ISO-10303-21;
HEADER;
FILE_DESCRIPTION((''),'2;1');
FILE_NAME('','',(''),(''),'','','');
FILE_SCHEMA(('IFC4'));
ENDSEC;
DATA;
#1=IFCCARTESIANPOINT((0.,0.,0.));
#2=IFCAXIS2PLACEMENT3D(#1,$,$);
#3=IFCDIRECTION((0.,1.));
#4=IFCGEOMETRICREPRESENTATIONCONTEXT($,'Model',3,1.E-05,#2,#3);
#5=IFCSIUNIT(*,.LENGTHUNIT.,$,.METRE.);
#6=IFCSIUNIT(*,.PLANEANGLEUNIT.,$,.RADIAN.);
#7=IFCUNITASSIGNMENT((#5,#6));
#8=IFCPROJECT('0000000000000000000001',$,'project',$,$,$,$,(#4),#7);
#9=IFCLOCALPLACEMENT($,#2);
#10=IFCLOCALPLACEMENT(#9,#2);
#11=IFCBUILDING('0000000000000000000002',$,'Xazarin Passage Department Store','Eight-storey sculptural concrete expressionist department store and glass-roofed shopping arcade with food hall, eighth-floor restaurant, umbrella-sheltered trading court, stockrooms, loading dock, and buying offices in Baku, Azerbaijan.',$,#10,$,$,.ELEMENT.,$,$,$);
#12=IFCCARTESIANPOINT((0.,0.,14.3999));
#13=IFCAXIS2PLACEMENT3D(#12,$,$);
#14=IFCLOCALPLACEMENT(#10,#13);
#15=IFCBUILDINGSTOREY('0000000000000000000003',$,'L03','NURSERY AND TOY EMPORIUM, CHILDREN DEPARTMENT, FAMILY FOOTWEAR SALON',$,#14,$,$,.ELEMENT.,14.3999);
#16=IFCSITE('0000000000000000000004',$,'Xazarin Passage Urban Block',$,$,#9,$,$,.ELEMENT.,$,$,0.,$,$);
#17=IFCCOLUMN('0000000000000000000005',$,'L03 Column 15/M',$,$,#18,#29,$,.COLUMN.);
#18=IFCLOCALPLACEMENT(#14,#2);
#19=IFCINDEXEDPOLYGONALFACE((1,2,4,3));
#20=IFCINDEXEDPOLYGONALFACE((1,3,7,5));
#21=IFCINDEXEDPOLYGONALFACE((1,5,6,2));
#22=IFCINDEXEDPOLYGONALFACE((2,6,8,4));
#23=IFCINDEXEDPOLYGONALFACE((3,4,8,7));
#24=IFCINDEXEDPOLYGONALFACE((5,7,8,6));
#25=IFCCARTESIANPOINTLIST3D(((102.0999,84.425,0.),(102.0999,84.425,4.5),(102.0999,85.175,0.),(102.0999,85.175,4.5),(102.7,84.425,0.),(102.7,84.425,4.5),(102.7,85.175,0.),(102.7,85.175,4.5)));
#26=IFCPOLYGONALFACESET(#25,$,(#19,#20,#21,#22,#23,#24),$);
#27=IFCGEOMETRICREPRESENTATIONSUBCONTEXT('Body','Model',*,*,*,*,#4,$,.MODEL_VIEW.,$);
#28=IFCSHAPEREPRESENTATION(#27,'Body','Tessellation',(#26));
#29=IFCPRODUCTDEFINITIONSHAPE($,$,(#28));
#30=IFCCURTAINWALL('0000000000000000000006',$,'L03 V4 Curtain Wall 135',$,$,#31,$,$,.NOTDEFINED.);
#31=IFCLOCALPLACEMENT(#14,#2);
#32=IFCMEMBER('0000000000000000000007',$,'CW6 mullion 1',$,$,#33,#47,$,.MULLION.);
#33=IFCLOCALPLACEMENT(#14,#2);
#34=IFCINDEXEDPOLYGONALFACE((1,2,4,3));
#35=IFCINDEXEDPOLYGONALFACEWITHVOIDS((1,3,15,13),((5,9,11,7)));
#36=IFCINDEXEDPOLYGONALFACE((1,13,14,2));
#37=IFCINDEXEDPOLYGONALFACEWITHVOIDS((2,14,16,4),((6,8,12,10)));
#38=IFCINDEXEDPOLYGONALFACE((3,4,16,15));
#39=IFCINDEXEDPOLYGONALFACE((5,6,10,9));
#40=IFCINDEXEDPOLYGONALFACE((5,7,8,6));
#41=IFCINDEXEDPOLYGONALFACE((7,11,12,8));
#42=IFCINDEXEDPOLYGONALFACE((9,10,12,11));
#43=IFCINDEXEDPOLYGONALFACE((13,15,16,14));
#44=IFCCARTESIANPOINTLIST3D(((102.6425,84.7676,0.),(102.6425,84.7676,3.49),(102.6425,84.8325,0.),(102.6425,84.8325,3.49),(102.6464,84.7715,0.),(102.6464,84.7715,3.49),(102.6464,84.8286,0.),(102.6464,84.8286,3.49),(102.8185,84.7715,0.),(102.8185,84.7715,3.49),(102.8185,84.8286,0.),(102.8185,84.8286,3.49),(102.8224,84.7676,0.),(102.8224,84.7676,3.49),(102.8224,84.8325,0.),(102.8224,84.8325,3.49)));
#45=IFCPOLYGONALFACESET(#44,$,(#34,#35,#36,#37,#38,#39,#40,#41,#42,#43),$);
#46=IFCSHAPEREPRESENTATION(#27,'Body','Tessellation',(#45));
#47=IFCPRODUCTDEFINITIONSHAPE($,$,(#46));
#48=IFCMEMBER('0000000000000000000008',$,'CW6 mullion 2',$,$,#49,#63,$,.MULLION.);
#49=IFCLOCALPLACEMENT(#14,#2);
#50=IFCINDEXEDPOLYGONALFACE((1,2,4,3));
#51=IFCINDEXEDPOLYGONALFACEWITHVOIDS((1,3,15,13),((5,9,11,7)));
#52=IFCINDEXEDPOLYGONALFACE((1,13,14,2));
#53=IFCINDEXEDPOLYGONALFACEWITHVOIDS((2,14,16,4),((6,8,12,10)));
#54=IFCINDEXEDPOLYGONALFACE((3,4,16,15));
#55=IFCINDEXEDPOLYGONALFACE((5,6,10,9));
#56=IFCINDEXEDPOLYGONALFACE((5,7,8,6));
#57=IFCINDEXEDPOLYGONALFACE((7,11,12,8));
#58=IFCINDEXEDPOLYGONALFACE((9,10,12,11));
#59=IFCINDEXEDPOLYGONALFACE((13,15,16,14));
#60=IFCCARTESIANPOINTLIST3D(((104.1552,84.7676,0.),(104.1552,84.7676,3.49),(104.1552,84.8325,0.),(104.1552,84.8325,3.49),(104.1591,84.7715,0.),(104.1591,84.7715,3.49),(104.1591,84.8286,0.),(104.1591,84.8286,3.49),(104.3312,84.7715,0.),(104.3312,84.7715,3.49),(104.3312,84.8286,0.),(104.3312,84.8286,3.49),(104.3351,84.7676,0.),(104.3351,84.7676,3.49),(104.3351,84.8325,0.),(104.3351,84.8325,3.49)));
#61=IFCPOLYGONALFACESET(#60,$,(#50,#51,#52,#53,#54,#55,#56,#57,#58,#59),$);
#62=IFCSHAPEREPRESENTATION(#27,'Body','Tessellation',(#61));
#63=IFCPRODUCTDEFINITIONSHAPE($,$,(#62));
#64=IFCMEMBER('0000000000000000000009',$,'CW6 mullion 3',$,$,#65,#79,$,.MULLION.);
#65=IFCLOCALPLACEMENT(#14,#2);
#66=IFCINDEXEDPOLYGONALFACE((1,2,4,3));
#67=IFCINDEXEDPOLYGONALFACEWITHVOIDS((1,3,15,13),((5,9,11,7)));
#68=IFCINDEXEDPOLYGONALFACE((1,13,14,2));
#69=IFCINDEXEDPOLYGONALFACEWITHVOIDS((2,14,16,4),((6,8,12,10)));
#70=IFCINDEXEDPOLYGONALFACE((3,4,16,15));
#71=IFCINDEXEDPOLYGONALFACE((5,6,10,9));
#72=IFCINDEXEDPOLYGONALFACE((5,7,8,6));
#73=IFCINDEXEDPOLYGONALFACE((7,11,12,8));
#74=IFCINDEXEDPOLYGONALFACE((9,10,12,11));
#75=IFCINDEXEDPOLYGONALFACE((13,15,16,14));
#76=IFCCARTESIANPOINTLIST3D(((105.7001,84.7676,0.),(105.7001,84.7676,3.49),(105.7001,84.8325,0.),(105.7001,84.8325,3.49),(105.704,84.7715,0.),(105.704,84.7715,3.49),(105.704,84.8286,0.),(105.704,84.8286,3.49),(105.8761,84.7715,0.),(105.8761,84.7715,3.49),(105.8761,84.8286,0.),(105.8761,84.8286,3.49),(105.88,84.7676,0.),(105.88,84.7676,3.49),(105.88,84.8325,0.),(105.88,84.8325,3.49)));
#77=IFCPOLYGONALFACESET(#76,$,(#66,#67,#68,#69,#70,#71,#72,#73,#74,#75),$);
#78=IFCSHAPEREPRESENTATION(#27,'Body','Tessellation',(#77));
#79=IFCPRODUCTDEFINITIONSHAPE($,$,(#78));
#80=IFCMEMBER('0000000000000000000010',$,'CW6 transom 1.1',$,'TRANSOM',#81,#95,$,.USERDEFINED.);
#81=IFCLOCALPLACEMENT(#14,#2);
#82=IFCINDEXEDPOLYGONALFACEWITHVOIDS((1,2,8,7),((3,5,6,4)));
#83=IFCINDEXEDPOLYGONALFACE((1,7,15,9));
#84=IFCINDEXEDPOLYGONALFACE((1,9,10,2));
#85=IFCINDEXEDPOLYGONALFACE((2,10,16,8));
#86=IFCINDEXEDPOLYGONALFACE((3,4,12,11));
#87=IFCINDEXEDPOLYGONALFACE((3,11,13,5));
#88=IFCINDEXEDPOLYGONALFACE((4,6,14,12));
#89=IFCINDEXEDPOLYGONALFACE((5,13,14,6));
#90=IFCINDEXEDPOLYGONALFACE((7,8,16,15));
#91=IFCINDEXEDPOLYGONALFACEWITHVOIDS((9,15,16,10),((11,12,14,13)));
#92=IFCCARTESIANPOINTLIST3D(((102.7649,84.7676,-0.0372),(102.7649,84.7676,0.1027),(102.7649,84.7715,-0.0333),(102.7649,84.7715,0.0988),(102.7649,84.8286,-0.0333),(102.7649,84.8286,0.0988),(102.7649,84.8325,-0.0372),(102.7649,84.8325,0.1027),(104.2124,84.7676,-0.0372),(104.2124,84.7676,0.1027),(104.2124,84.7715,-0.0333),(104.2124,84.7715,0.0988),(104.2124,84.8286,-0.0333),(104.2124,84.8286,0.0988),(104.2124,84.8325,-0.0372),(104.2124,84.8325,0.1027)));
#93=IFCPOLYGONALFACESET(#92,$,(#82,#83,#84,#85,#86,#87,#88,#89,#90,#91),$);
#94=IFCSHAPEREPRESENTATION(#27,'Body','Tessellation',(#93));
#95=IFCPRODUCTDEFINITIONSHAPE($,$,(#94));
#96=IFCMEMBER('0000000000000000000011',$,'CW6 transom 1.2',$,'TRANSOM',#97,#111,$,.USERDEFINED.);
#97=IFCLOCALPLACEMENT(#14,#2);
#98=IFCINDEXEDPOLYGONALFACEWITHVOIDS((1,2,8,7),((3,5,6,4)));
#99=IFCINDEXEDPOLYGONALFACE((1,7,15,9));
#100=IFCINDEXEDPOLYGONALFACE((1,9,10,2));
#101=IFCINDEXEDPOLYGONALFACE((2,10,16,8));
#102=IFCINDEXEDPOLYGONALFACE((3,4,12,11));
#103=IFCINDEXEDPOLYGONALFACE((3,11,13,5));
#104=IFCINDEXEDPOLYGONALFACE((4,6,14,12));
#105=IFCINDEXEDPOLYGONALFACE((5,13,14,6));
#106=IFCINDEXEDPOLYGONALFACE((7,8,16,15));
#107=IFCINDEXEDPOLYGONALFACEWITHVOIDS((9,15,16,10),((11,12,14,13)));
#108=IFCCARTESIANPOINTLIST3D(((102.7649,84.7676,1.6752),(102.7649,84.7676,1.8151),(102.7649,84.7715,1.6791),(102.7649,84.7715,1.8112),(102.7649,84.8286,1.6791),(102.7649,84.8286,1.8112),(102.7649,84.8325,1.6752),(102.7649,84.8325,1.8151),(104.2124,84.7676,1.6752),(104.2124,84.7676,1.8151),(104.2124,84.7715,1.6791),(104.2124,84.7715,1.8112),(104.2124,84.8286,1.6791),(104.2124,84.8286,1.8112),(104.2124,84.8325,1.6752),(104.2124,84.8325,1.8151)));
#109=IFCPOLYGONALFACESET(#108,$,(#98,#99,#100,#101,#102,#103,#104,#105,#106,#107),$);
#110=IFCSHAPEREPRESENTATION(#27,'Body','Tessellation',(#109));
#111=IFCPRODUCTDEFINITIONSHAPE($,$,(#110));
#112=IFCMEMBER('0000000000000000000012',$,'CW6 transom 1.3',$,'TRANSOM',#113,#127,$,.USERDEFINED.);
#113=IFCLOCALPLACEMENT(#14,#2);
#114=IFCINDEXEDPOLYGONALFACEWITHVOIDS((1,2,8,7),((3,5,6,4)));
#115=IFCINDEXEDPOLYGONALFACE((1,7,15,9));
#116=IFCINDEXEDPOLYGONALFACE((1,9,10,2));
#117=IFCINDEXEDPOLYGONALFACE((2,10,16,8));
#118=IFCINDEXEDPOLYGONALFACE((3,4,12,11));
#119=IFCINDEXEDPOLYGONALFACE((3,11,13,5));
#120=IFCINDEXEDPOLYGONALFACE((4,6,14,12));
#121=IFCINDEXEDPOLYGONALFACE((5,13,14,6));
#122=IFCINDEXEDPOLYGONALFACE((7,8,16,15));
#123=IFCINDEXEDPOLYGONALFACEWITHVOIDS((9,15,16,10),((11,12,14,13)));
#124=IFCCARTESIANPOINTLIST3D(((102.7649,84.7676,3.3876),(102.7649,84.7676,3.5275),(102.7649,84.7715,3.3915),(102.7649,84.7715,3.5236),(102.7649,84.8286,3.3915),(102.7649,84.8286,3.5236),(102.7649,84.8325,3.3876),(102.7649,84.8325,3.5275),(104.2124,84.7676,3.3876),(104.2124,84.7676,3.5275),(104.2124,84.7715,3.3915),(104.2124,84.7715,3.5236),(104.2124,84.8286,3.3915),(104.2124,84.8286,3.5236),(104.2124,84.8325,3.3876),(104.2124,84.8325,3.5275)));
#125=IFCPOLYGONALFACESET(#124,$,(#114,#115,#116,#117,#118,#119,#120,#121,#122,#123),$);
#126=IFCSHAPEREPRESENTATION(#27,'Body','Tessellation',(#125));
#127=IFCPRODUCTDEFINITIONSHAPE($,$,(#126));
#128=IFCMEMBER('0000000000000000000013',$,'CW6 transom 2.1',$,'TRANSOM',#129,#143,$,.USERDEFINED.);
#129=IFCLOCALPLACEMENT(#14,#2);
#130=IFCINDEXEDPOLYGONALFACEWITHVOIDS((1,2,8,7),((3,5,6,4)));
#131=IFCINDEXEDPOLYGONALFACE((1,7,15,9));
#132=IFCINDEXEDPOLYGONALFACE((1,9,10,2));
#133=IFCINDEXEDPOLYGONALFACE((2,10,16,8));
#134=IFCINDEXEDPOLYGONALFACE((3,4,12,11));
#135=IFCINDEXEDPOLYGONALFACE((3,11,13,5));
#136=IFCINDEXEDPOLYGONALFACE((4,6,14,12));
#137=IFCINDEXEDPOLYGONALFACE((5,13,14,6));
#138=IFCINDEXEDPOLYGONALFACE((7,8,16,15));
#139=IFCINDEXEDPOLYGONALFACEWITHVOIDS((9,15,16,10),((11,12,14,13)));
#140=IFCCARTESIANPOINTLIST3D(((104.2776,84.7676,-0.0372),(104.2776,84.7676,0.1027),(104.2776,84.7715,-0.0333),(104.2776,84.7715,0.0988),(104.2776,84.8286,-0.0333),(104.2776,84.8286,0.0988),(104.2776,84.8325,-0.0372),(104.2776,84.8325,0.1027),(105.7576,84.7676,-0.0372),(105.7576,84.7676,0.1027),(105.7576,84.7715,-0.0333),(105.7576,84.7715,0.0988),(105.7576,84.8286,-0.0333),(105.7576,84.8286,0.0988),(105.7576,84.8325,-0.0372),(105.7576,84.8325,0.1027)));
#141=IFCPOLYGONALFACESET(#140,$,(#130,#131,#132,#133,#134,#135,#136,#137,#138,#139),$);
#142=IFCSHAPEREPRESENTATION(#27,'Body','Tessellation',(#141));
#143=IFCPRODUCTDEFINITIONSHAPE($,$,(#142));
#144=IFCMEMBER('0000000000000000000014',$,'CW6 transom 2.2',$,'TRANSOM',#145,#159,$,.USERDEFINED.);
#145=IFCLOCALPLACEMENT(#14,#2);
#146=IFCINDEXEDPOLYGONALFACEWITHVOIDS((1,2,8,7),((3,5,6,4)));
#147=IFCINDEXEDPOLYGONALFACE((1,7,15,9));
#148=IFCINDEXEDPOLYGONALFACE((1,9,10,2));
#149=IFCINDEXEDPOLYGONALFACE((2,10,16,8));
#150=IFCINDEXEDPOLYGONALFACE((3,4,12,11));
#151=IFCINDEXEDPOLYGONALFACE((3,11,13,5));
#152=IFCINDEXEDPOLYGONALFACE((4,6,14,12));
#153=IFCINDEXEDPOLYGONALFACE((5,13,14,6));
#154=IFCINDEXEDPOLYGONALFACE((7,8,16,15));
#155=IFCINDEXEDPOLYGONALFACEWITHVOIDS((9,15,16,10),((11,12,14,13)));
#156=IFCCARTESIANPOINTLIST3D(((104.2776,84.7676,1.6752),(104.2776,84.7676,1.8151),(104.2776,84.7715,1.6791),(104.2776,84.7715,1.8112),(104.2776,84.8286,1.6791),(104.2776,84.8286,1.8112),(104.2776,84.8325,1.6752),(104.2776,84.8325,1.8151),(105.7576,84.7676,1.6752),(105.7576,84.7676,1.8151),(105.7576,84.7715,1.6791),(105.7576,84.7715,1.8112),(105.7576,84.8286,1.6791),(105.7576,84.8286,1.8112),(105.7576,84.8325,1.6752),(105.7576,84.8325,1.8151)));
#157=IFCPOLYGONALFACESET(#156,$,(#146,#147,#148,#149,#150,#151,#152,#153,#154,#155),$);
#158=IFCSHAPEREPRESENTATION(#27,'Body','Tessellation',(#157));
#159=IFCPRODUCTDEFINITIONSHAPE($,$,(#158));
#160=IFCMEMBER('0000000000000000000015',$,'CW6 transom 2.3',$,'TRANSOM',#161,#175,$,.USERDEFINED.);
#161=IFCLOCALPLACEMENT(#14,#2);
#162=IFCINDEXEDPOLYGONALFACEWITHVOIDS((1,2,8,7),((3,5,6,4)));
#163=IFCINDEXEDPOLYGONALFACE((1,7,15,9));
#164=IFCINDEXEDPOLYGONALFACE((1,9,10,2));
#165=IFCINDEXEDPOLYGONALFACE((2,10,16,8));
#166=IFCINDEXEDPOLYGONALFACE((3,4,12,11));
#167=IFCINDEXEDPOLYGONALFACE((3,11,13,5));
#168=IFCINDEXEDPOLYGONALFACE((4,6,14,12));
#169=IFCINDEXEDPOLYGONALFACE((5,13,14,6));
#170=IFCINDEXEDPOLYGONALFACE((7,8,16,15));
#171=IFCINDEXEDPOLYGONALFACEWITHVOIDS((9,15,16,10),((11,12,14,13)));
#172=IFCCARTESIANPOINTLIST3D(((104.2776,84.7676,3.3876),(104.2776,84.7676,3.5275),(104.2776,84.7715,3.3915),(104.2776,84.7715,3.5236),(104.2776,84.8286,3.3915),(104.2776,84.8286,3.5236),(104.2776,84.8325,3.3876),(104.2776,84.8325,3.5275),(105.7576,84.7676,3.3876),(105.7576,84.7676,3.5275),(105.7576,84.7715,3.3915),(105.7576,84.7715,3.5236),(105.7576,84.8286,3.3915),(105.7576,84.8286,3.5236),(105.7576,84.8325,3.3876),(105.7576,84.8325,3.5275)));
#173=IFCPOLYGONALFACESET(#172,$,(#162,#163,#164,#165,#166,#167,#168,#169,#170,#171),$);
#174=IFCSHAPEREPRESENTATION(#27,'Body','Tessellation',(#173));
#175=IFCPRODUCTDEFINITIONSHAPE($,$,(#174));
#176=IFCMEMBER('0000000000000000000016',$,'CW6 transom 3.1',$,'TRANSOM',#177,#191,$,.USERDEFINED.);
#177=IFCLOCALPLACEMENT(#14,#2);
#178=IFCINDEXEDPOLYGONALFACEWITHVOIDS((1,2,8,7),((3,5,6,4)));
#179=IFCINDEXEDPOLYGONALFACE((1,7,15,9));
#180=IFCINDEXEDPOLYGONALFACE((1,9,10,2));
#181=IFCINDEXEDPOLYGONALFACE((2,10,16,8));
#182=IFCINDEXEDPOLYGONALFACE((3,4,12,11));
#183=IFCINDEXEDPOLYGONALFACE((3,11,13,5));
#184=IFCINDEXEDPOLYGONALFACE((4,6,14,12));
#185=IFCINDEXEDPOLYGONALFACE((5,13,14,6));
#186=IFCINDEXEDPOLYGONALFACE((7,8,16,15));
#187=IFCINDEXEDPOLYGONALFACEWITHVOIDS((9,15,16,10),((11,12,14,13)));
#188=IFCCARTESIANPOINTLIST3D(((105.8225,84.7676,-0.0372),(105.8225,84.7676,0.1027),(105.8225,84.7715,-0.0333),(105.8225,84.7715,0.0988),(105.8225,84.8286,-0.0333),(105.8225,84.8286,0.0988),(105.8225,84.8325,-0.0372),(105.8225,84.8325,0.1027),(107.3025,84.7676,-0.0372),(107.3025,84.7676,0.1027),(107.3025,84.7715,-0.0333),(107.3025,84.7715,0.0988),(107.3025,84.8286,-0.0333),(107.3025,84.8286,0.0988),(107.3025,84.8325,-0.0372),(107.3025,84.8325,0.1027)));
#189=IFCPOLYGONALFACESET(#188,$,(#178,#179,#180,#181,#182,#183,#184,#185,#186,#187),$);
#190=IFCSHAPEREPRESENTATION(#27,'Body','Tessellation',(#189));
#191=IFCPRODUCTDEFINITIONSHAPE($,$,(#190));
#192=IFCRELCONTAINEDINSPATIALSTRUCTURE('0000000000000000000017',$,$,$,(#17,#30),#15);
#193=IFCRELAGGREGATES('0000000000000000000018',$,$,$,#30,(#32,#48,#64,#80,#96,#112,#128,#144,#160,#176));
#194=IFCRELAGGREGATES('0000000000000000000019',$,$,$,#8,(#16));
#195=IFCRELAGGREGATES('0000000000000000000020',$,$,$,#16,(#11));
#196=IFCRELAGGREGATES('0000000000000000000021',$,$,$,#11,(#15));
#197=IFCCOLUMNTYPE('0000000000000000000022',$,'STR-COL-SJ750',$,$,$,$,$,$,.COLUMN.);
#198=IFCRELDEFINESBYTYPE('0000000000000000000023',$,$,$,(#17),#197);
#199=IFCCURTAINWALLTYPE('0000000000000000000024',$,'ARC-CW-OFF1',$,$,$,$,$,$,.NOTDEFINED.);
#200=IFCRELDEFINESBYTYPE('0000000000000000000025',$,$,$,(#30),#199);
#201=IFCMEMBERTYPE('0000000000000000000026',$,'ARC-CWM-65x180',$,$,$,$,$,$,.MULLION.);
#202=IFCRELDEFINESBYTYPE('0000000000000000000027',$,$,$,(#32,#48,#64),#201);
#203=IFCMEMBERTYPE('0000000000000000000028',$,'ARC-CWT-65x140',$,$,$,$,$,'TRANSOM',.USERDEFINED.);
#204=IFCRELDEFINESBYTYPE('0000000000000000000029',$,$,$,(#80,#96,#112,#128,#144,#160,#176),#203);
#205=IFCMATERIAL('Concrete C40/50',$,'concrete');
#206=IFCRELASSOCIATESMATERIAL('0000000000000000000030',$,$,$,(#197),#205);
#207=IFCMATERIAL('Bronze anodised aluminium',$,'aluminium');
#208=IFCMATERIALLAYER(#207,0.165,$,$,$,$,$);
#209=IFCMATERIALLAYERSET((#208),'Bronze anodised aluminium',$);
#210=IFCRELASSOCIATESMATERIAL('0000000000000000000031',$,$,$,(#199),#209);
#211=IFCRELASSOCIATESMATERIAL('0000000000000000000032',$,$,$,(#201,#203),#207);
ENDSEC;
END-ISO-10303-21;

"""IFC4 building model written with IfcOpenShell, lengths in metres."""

from ifc_helpers import new_model, si_unit, direction, frame, origin, origin_2d, place, context, subcontext, project, spatial, rectangle, hollow_rectangle, extrude, material, layer, layer_set, material_profile, profile_set, type_object, element, aggregate, save


model = new_model("IFC4")

# Units and contexts
model_context = context("Model", 3, precision=1e-05, world=origin(), true_north=direction((0.0, 1.0)))
body_context = subcontext(model_context, "Body", "Model", "MODEL_VIEW")
ifc_project = project(units=[si_unit("LENGTHUNIT", "METRE"), si_unit("PLANEANGLEUNIT", "RADIAN")], contexts=[model_context])

# Site, building, storey
site_placement = place(None, origin())
site = spatial("IfcSite", under=ifc_project, at=site_placement, Name="Xazarin Passage Urban Block", CompositionType="ELEMENT", RefElevation=0.0)
building_placement = place(site_placement, origin())
building = spatial("IfcBuilding", under=site, at=building_placement, Name="Xazarin Passage Department Store", Description="Eight-storey sculptural concrete expressionist department store and glass-roofed shopping arcade with food hall, eighth-floor restaurant, umbrella-sheltered trading court, stockrooms, loading dock, and buying offices in Baku, Azerbaijan.", CompositionType="ELEMENT")
storey_placement = place(building_placement, frame((0.0, 0.0, 14.3999)))
storey = spatial("IfcBuildingStorey", under=building, at=storey_placement, Name="L03", Description="NURSERY AND TOY EMPORIUM, CHILDREN DEPARTMENT, FAMILY FOOTWEAR SALON", CompositionType="ELEMENT", Elevation=14.3999)

# Column
ifc_material_1 = material(Name="Concrete C40/50", Category="concrete")
ifc_material_profile_1 = material_profile(ifc_material_1, rectangle(XDim=0.6001, YDim=0.75, at=origin_2d()), Name="RC 600x750")
ifc_profile_set_1 = profile_set([ifc_material_profile_1], Name="Concrete C40/50")
column_type = type_object("IfcColumnType", Name="STR-COL-SJ750", PredefinedType="COLUMN", material=ifc_profile_set_1)
column_placement = place(storey_placement, frame((102.3999, 84.8, 0.0), z_axis=(0.0, 0.0, 1.0), x_axis=(1.0, 0.0, 0.0)))
element("IfcColumn", 1, at=column_placement, inside=storey, type_object=column_type, Name="L03 Column 15/M", PredefinedType="COLUMN", context=body_context, shape_type="SweptSolid", body=[
    extrude(rectangle(XDim=0.6001, YDim=0.75, at=origin_2d()), origin(), (0.0, 0.0, 1.0), 4.5),
])

# Curtain wall, members
ifc_material_2 = material(Name="Bronze anodised aluminium", Category="aluminium")
ifc_layer_1 = layer(ifc_material_2, 0.165)
ifc_layer_set_1 = layer_set([ifc_layer_1], Name="Bronze anodised aluminium")
curtain_wall_type_1 = type_object("IfcCurtainWallType", Name="ARC-CW-OFF1", PredefinedType="NOTDEFINED", material=ifc_layer_set_1)
curtain_wall_1_placement = place(storey_placement, origin())
curtain_wall_1 = element("IfcCurtainWall", 2, at=curtain_wall_1_placement, inside=storey, type_object=curtain_wall_type_1, Name="L03 V4 Curtain Wall 135", PredefinedType="NOTDEFINED")
ifc_material_profile_2 = material_profile(ifc_material_2, hollow_rectangle(XDim=0.0649, YDim=0.1799, WallThickness=0.0039, at=origin_2d()), Name="ALU 65x180")
ifc_profile_set_2 = profile_set([ifc_material_profile_2], Name="Bronze anodised aluminium")
member_type_1 = type_object("IfcMemberType", Name="ARC-CWM-65x180", PredefinedType="MULLION", material=ifc_profile_set_2)
member_1_placement = place(storey_placement, frame((102.7324, 84.8, 0.0), z_axis=(0.0, 0.0, 1.0), x_axis=(0.0, 1.0, 0.0)))
member_1 = element("IfcMember", 3, at=member_1_placement, type_object=member_type_1, Name="CW6 mullion 1", PredefinedType="MULLION", context=body_context, shape_type="SweptSolid", body=[
    extrude(hollow_rectangle(XDim=0.0649, YDim=0.1799, WallThickness=0.0039, at=origin_2d()), origin(), (0.0, 0.0, 1.0), 3.49),
])
member_2_placement = place(storey_placement, frame((104.2451, 84.8, 0.0), z_axis=(0.0, 0.0, 1.0), x_axis=(0.0, 1.0, 0.0)))
member_2 = element("IfcMember", 4, at=member_2_placement, type_object=member_type_1, Name="CW6 mullion 2", PredefinedType="MULLION", context=body_context, shape_type="SweptSolid", body=[
    extrude(hollow_rectangle(XDim=0.0649, YDim=0.1799, WallThickness=0.0039, at=origin_2d()), origin(), (0.0, 0.0, 1.0), 3.49),
])
member_3_placement = place(storey_placement, frame((105.79, 84.8, 0.0), z_axis=(0.0, 0.0, 1.0), x_axis=(0.0, 1.0, 0.0)))
member_3 = element("IfcMember", 5, at=member_3_placement, type_object=member_type_1, Name="CW6 mullion 3", PredefinedType="MULLION", context=body_context, shape_type="SweptSolid", body=[
    extrude(hollow_rectangle(XDim=0.0649, YDim=0.1799, WallThickness=0.0039, at=origin_2d()), origin(), (0.0, 0.0, 1.0), 3.49),
])
ifc_material_profile_3 = material_profile(ifc_material_2, hollow_rectangle(XDim=0.0649, YDim=0.1399, WallThickness=0.0039, at=origin_2d()), Name="ALU 65x140")
ifc_profile_set_3 = profile_set([ifc_material_profile_3], Name="Bronze anodised aluminium")
member_type_2 = type_object("IfcMemberType", Name="ARC-CWT-65x140", ElementType="TRANSOM", PredefinedType="USERDEFINED", material=ifc_profile_set_3)
member_4_placement = place(storey_placement, frame((102.7649, 84.8, 0.0327), z_axis=(1.0, 0.0, 0.0), x_axis=(0.0, 1.0, 0.0)))
member_4 = element("IfcMember", 6, at=member_4_placement, type_object=member_type_2, Name="CW6 transom 1.1", ObjectType="TRANSOM", PredefinedType="USERDEFINED", context=body_context, shape_type="SweptSolid", body=[
    extrude(hollow_rectangle(XDim=0.0649, YDim=0.1399, WallThickness=0.0039, at=origin_2d()), origin(), (0.0, 0.0, 1.0), 1.4475),
])
member_5_placement = place(storey_placement, frame((102.7649, 84.8, 1.7451), z_axis=(1.0, 0.0, 0.0), x_axis=(0.0, 1.0, 0.0)))
member_5 = element("IfcMember", 7, at=member_5_placement, type_object=member_type_2, Name="CW6 transom 1.2", ObjectType="TRANSOM", PredefinedType="USERDEFINED", context=body_context, shape_type="SweptSolid", body=[
    extrude(hollow_rectangle(XDim=0.0649, YDim=0.1399, WallThickness=0.0039, at=origin_2d()), origin(), (0.0, 0.0, 1.0), 1.4475),
])
member_6_placement = place(storey_placement, frame((102.7649, 84.8, 3.4575), z_axis=(1.0, 0.0, 0.0), x_axis=(0.0, 1.0, 0.0)))
member_6 = element("IfcMember", 8, at=member_6_placement, type_object=member_type_2, Name="CW6 transom 1.3", ObjectType="TRANSOM", PredefinedType="USERDEFINED", context=body_context, shape_type="SweptSolid", body=[
    extrude(hollow_rectangle(XDim=0.0649, YDim=0.1399, WallThickness=0.0039, at=origin_2d()), origin(), (0.0, 0.0, 1.0), 1.4475),
])
member_7_placement = place(storey_placement, frame((104.2776, 84.8, 0.0327), z_axis=(1.0, 0.0, 0.0), x_axis=(0.0, 1.0, 0.0)))
member_7 = element("IfcMember", 9, at=member_7_placement, type_object=member_type_2, Name="CW6 transom 2.1", ObjectType="TRANSOM", PredefinedType="USERDEFINED", context=body_context, shape_type="SweptSolid", body=[
    extrude(hollow_rectangle(XDim=0.0649, YDim=0.1399, WallThickness=0.0039, at=origin_2d()), origin(), (0.0, 0.0, 1.0), 1.48),
])
member_8_placement = place(storey_placement, frame((104.2776, 84.8, 1.7451), z_axis=(1.0, 0.0, 0.0), x_axis=(0.0, 1.0, 0.0)))
member_8 = element("IfcMember", 10, at=member_8_placement, type_object=member_type_2, Name="CW6 transom 2.2", ObjectType="TRANSOM", PredefinedType="USERDEFINED", context=body_context, shape_type="SweptSolid", body=[
    extrude(hollow_rectangle(XDim=0.0649, YDim=0.1399, WallThickness=0.0039, at=origin_2d()), origin(), (0.0, 0.0, 1.0), 1.48),
])
member_9_placement = place(storey_placement, frame((104.2776, 84.8, 3.4575), z_axis=(1.0, 0.0, 0.0), x_axis=(0.0, 1.0, 0.0)))
member_9 = element("IfcMember", 11, at=member_9_placement, type_object=member_type_2, Name="CW6 transom 2.3", ObjectType="TRANSOM", PredefinedType="USERDEFINED", context=body_context, shape_type="SweptSolid", body=[
    extrude(hollow_rectangle(XDim=0.0649, YDim=0.1399, WallThickness=0.0039, at=origin_2d()), origin(), (0.0, 0.0, 1.0), 1.48),
])
member_10_placement = place(storey_placement, frame((105.8225, 84.8, 0.0327), z_axis=(1.0, 0.0, 0.0), x_axis=(0.0, 1.0, 0.0)))
member_10 = element("IfcMember", 12, at=member_10_placement, type_object=member_type_2, Name="CW6 transom 3.1", ObjectType="TRANSOM", PredefinedType="USERDEFINED", context=body_context, shape_type="SweptSolid", body=[
    extrude(hollow_rectangle(XDim=0.0649, YDim=0.1399, WallThickness=0.0039, at=origin_2d()), origin(), (0.0, 0.0, 1.0), 1.48),
])

aggregate(curtain_wall_1, [member_1, member_2, member_3, member_4, member_5, member_6, member_7, member_8, member_9, member_10])

save(model, "model.ifc")
